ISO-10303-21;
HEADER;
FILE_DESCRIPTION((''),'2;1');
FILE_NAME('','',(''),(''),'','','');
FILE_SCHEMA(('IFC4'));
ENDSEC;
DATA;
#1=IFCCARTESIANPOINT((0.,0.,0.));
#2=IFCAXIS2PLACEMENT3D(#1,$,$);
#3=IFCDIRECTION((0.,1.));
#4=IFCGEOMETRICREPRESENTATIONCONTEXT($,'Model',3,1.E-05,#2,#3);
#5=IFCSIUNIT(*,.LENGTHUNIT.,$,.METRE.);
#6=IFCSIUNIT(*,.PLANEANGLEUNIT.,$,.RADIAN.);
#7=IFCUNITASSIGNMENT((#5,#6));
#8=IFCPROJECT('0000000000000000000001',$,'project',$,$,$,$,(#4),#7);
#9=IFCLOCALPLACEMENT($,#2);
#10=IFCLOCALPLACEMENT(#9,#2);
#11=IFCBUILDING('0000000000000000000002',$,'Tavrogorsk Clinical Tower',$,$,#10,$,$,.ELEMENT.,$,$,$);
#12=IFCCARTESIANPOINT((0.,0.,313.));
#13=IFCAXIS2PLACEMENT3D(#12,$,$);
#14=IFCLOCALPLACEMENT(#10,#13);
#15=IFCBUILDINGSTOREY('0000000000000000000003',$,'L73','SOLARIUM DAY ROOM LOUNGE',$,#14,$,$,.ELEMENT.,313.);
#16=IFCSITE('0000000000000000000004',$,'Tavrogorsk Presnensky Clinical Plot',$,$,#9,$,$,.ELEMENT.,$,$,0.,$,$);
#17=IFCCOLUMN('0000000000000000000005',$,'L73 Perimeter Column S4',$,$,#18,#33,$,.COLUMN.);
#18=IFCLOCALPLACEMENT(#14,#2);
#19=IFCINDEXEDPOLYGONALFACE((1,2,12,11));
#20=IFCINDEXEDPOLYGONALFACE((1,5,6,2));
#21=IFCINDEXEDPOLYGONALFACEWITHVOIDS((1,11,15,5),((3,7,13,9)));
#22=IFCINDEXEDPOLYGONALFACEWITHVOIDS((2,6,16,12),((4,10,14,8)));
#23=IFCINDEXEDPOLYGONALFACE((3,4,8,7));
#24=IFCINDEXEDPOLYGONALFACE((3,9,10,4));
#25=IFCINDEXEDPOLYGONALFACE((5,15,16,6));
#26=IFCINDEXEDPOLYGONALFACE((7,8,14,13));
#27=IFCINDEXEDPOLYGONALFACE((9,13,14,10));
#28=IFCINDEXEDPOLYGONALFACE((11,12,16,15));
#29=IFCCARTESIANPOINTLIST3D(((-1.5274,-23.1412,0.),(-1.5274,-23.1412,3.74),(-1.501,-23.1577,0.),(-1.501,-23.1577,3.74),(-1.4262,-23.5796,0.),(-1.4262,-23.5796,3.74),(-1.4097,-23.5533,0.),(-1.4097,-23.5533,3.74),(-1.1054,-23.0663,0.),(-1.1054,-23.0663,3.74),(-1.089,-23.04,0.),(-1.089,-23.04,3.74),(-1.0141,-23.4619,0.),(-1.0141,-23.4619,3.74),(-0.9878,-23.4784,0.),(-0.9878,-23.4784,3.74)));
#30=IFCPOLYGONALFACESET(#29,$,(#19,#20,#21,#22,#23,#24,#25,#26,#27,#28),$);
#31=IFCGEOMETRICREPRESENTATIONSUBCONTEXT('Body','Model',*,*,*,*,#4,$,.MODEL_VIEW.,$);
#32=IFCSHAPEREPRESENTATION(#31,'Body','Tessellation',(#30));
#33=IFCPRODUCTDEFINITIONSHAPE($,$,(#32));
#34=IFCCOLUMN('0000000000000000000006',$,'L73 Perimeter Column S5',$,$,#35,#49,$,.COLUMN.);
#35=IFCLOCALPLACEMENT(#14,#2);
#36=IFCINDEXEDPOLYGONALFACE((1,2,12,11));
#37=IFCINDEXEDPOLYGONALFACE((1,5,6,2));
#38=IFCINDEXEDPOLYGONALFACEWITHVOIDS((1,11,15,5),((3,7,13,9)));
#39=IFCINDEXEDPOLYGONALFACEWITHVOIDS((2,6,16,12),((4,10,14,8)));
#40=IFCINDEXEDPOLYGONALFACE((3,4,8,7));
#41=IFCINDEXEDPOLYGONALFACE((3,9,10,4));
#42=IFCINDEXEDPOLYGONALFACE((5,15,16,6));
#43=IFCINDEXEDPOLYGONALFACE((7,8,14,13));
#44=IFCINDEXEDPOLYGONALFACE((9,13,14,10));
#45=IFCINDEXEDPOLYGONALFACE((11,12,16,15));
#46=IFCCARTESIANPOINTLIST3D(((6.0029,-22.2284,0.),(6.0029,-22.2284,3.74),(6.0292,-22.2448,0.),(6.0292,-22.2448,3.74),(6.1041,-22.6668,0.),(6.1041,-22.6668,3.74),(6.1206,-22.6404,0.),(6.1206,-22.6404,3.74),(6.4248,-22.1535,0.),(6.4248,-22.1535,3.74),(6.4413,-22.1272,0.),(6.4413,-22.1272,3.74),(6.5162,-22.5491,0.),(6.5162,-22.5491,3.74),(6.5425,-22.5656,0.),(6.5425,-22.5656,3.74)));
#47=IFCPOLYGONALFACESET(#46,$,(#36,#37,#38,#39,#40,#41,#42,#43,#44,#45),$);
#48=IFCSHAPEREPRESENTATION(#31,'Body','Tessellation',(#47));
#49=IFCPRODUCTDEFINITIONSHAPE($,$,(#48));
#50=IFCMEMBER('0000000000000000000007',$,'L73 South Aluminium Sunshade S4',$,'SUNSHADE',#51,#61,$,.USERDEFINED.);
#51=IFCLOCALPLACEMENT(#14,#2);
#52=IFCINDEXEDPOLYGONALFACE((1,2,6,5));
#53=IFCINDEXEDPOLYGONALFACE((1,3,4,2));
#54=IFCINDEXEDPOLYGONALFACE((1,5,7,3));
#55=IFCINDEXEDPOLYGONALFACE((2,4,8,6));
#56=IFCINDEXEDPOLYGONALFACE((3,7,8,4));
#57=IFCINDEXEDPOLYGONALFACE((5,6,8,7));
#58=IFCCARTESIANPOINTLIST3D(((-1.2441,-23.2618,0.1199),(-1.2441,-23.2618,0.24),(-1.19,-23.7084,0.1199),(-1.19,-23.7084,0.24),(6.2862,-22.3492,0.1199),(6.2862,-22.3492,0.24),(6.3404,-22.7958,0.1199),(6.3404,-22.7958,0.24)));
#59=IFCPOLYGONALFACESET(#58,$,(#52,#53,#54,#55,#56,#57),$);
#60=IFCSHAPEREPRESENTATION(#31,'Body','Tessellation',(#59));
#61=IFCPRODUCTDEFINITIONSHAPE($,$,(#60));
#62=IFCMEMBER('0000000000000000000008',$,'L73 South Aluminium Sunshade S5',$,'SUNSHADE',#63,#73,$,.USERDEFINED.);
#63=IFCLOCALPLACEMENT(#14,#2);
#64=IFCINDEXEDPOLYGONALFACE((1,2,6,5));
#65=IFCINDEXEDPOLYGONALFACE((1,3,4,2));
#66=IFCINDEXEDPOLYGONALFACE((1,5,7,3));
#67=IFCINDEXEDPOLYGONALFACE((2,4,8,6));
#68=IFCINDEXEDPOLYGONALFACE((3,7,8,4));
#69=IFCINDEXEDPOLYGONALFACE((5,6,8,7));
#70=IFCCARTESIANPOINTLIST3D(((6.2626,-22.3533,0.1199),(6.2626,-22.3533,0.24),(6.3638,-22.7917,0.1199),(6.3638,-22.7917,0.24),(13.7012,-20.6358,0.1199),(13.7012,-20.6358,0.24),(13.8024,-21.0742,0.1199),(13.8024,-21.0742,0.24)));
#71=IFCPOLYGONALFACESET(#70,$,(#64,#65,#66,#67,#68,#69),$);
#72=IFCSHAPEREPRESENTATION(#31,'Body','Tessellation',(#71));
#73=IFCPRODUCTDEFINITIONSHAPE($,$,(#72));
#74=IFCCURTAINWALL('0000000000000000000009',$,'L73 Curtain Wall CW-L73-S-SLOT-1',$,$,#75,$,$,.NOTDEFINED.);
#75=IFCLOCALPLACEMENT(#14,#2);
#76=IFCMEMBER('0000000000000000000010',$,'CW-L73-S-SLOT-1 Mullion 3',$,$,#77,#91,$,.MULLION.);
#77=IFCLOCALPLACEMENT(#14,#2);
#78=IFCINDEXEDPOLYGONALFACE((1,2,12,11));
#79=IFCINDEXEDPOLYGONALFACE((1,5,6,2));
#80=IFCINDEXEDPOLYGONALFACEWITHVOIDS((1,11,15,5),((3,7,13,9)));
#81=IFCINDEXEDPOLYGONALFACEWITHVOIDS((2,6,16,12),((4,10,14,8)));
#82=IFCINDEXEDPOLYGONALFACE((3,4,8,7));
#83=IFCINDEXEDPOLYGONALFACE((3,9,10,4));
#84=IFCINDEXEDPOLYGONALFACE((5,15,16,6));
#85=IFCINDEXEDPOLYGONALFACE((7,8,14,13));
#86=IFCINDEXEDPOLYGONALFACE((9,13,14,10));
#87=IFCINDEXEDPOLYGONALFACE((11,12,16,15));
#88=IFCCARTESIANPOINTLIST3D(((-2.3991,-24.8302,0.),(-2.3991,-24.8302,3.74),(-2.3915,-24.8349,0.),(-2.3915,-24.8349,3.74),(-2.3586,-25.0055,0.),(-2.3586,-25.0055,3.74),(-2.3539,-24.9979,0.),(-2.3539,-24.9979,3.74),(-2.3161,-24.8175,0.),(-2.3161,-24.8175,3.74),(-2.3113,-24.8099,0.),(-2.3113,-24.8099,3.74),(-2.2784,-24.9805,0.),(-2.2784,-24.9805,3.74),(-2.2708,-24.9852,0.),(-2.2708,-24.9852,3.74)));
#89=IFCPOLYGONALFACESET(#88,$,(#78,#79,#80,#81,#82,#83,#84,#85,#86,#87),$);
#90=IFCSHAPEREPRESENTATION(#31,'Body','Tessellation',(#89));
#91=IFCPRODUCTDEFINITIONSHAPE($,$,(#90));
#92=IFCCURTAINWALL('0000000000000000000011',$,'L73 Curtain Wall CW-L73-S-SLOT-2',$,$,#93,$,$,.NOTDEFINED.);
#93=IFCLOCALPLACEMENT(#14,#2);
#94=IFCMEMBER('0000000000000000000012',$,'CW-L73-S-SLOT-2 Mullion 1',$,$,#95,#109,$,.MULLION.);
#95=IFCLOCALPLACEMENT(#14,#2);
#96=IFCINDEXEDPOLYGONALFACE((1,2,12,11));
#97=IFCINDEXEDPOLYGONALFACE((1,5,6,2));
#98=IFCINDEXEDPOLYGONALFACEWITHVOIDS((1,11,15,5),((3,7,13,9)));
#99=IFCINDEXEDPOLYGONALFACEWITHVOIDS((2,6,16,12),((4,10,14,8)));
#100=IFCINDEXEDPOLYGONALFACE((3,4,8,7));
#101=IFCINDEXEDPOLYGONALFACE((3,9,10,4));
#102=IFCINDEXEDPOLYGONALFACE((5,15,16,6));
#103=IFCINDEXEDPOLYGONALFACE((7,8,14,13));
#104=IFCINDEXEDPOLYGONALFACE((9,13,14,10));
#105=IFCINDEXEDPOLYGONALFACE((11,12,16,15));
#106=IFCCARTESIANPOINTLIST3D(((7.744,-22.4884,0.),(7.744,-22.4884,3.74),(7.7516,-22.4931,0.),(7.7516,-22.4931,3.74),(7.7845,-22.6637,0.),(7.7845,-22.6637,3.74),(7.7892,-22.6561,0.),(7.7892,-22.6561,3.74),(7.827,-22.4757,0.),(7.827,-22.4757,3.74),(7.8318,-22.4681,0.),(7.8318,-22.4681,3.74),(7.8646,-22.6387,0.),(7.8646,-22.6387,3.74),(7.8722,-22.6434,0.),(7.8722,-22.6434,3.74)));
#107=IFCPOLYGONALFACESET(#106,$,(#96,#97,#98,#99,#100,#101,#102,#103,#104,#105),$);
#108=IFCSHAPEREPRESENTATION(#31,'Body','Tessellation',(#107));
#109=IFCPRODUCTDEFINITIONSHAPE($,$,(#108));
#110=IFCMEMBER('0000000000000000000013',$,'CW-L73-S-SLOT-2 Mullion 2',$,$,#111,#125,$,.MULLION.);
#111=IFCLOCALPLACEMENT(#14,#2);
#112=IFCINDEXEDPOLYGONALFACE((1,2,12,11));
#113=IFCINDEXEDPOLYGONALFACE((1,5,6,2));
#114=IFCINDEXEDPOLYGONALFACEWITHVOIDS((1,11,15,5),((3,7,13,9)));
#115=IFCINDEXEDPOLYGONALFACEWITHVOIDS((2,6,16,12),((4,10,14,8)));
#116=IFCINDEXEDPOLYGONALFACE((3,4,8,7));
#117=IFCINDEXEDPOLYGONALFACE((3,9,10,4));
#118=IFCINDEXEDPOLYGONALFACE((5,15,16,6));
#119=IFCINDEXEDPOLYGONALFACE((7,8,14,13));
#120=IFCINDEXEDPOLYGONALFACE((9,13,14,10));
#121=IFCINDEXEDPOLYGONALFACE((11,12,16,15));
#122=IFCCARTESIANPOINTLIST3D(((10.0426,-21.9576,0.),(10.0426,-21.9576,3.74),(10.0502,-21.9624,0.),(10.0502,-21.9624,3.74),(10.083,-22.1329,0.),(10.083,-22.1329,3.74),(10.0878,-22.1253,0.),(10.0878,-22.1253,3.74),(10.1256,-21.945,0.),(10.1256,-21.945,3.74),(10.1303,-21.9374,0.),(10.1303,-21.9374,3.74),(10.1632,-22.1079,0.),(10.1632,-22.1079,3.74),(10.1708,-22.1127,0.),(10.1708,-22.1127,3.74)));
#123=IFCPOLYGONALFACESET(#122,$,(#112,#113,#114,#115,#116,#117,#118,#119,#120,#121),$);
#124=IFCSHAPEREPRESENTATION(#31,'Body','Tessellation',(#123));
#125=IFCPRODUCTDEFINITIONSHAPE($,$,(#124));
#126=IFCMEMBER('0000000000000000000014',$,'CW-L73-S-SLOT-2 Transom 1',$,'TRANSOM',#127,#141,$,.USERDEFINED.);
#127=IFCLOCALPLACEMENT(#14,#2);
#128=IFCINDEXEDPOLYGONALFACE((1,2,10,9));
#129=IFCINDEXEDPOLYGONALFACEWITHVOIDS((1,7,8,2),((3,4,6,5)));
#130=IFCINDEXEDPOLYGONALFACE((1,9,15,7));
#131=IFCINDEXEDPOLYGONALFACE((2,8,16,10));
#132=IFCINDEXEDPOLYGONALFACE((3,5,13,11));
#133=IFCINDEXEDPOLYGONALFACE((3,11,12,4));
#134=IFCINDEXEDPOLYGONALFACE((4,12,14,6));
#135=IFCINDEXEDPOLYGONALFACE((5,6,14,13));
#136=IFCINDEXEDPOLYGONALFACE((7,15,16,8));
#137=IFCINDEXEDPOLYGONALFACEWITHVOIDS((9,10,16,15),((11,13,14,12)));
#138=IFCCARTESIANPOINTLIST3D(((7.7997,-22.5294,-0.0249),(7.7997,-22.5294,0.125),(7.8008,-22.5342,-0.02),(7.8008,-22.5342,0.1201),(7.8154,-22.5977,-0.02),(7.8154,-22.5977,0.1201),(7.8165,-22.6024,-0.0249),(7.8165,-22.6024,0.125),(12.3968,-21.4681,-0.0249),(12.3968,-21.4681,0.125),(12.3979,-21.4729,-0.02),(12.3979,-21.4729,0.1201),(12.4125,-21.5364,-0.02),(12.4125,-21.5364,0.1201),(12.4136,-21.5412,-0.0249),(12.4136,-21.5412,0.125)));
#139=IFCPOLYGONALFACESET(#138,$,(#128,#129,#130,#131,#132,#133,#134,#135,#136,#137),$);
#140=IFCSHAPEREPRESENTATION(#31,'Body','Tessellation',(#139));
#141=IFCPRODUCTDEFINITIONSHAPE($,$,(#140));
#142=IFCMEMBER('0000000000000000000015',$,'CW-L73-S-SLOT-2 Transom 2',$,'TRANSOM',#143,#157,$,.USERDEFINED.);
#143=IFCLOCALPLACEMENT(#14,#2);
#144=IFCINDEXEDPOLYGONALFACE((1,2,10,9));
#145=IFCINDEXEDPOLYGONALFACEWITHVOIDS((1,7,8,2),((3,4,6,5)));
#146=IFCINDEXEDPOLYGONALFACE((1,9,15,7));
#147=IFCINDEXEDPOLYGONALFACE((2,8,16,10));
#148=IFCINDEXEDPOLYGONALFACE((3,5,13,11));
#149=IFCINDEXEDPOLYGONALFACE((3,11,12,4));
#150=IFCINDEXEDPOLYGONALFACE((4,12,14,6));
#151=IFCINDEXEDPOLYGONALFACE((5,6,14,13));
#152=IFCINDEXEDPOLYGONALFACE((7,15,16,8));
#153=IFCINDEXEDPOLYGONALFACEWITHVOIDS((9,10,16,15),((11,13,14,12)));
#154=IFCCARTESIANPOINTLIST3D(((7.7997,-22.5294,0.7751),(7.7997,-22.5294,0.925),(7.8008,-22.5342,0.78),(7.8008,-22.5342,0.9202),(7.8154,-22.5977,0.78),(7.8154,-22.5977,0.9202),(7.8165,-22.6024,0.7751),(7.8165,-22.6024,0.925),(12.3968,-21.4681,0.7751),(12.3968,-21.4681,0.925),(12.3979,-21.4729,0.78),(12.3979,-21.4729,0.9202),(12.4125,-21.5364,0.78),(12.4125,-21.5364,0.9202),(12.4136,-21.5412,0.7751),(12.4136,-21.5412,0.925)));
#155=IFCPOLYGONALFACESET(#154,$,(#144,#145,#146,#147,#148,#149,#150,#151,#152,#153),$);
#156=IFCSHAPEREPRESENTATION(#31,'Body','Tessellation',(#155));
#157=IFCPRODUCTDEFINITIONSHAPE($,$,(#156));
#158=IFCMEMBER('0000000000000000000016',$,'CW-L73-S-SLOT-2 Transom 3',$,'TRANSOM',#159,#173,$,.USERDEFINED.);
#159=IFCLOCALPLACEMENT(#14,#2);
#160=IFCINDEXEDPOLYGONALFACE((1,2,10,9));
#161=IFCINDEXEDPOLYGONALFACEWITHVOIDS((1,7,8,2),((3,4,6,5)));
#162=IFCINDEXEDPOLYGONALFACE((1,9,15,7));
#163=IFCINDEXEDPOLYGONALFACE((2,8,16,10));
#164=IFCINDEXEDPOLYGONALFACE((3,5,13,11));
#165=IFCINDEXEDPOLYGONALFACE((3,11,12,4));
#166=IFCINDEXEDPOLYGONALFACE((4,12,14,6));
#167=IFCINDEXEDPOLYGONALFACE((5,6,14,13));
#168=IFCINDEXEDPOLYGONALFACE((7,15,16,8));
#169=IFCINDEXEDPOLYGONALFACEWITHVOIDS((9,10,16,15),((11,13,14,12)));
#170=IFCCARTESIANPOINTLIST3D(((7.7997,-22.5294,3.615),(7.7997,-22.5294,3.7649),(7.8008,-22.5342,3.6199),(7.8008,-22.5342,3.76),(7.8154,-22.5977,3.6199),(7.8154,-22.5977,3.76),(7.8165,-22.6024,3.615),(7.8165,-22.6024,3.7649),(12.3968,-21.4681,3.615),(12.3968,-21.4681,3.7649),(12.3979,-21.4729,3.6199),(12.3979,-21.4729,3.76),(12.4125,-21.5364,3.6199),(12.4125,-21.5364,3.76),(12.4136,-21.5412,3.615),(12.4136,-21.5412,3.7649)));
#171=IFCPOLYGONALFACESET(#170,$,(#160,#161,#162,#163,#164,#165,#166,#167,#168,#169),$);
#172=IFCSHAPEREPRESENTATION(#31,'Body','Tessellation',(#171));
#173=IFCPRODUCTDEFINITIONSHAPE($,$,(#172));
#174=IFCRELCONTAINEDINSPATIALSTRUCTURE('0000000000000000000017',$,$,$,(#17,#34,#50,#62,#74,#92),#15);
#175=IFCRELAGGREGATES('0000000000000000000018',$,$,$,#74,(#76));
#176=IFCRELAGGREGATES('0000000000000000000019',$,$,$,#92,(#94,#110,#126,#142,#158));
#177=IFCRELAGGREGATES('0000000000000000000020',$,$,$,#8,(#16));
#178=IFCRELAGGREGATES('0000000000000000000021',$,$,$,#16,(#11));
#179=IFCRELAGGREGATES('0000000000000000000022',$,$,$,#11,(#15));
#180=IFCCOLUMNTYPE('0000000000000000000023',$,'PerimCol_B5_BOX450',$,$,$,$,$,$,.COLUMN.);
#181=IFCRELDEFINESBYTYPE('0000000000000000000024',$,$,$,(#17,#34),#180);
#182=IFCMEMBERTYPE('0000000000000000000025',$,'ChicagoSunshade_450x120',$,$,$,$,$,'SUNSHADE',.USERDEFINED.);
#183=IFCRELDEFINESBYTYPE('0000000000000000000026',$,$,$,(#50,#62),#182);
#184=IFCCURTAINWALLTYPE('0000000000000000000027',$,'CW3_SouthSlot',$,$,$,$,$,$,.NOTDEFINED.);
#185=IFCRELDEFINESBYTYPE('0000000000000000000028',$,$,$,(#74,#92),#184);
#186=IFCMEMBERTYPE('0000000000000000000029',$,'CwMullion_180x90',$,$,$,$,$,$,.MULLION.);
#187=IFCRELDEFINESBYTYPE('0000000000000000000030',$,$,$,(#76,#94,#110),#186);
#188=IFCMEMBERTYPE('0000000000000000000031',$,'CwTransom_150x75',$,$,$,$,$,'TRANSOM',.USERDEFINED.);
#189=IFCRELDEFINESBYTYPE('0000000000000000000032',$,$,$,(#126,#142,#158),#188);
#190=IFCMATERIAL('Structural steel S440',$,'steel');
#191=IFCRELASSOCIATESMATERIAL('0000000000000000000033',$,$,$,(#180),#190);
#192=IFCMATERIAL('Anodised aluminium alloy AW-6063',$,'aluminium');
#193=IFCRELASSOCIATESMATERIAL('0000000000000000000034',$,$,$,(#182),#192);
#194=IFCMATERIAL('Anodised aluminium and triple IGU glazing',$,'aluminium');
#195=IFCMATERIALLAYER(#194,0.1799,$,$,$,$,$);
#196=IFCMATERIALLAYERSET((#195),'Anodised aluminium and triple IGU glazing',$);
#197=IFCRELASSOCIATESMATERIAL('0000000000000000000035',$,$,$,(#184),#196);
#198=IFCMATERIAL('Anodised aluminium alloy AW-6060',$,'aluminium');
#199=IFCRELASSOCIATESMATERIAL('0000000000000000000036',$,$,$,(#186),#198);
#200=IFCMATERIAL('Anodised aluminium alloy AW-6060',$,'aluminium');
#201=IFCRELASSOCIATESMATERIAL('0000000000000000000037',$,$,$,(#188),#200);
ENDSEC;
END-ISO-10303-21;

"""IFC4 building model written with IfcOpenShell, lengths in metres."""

from ifc_helpers import new_model, si_unit, direction, frame, origin, origin_2d, place, context, subcontext, project, spatial, rectangle, hollow_rectangle, extrude, material, layer, layer_set, material_profile, profile_set, type_object, element, aggregate, save


model = new_model("IFC4")

# Units and contexts
model_context = context("Model", 3, precision=1e-05, world=origin(), true_north=direction((0.0, 1.0)))
body_context = subcontext(model_context, "Body", "Model", "MODEL_VIEW")
ifc_project = project(units=[si_unit("LENGTHUNIT", "METRE"), si_unit("PLANEANGLEUNIT", "RADIAN")], contexts=[model_context])

# Site, building, storey
site_placement = place(None, origin())
site = spatial("IfcSite", under=ifc_project, at=site_placement, Name="Tavrogorsk Presnensky Clinical Plot", CompositionType="ELEMENT", RefElevation=0.0)
building_placement = place(site_placement, origin())
building = spatial("IfcBuilding", under=site, at=building_placement, Name="Tavrogorsk Clinical Tower", CompositionType="ELEMENT")
storey_placement = place(building_placement, frame((0.0, 0.0, 313.0)))
storey = spatial("IfcBuildingStorey", under=building, at=storey_placement, Name="L73", Description="SOLARIUM DAY ROOM LOUNGE", CompositionType="ELEMENT", Elevation=313.0)

# Columns
ifc_material_1 = material(Name="Structural steel S440", Category="steel")
ifc_material_profile_1 = material_profile(ifc_material_1, hollow_rectangle(XDim=0.45, YDim=0.45, WallThickness=0.022, at=origin_2d()), Name="BOX-450x450x22")
ifc_profile_set_1 = profile_set([ifc_material_profile_1], Name="Structural steel S440")
column_type = type_object("IfcColumnType", Name="PerimCol_B5_BOX450", PredefinedType="COLUMN", material=ifc_profile_set_1)
for number, where, z_axis, x_axis, name in (
    (1, (-1.2576, -23.3098, 0.0), (0.0, 0.0, 1.0), (0.97437, 0.224951, 0.0), "L73 Perimeter Column S4"),
    (2, (6.2727, -22.397, 0.0), (0.0, 0.0, 1.0), (0.97437, 0.224951, 0.0), "L73 Perimeter Column S5"),
):
    element("IfcColumn", number, at=place(storey_placement, frame(where, z_axis=z_axis, x_axis=x_axis)), inside=storey, type_object=column_type, Name=name, PredefinedType="COLUMN", context=body_context, shape_type="SweptSolid", body=[
        extrude(hollow_rectangle(XDim=0.45, YDim=0.45, WallThickness=0.022, at=origin_2d()), origin(), (0.0, 0.0, 1.0), 3.74),
    ])

# Members
ifc_material_2 = material(Name="Anodised aluminium alloy AW-6063", Category="aluminium")
ifc_material_profile_2 = material_profile(ifc_material_2, rectangle(XDim=0.45, YDim=0.1201, at=origin_2d()), Name="ALU-SUNSHADE-450x120")
ifc_profile_set_2 = profile_set([ifc_material_profile_2], Name="Anodised aluminium alloy AW-6063")
member_type_1 = type_object("IfcMemberType", Name="ChicagoSunshade_450x120", ElementType="SUNSHADE", PredefinedType="USERDEFINED", material=ifc_profile_set_2)
member_1_placement = place(storey_placement, frame((-1.217, -23.4851, 0.1799), z_axis=(0.992736, 0.12031, 0.0), x_axis=(-0.12031, 0.992736, 0.0)))
element("IfcMember", 3, at=member_1_placement, inside=storey, type_object=member_type_1, Name="L73 South Aluminium Sunshade S4", ObjectType="SUNSHADE", PredefinedType="USERDEFINED", context=body_context, shape_type="SweptSolid", body=[
    extrude(rectangle(XDim=0.45, YDim=0.1201, at=origin_2d()), origin(), (0.0, 0.0, 1.0), 7.5854),
])
member_2_placement = place(storey_placement, frame((6.3132, -22.5725, 0.1799), z_axis=(0.974364, 0.224979, 0.0), x_axis=(-0.224979, 0.974364, 0.0)))
element("IfcMember", 4, at=member_2_placement, inside=storey, type_object=member_type_1, Name="L73 South Aluminium Sunshade S5", ObjectType="SUNSHADE", PredefinedType="USERDEFINED", context=body_context, shape_type="SweptSolid", body=[
    extrude(rectangle(XDim=0.45, YDim=0.1201, at=origin_2d()), origin(), (0.0, 0.0, 1.0), 7.6343),
])

# Curtain wall, member
ifc_material_3 = material(Name="Anodised aluminium and triple IGU glazing", Category="aluminium")
ifc_layer_1 = layer(ifc_material_3, 0.1799)
ifc_layer_set_1 = layer_set([ifc_layer_1], Name="Anodised aluminium and triple IGU glazing")
curtain_wall_type = type_object("IfcCurtainWallType", Name="CW3_SouthSlot", PredefinedType="NOTDEFINED", material=ifc_layer_set_1)
curtain_wall_1_placement = place(storey_placement, origin())
curtain_wall_1 = element("IfcCurtainWall", 5, at=curtain_wall_1_placement, inside=storey, type_object=curtain_wall_type, Name="L73 Curtain Wall CW-L73-S-SLOT-1", PredefinedType="NOTDEFINED")
ifc_material_4 = material(Name="Anodised aluminium alloy AW-6060", Category="aluminium")
ifc_material_profile_3 = material_profile(ifc_material_4, hollow_rectangle(XDim=0.0901, YDim=0.1799, WallThickness=0.0063, at=origin_2d()), Name="RHS-180x90x6.3")
ifc_profile_set_3 = profile_set([ifc_material_profile_3], Name="Anodised aluminium alloy AW-6060")
member_type_2 = type_object("IfcMemberType", Name="CwMullion_180x90", PredefinedType="MULLION", material=ifc_profile_set_3)
member_3_placement = place(storey_placement, frame((-2.335, -24.9077, 0.0), z_axis=(0.0, 0.0, 1.0), x_axis=(0.97437, 0.224951, 0.0)))
member_3 = element("IfcMember", 6, at=member_3_placement, type_object=member_type_2, Name="CW-L73-S-SLOT-1 Mullion 3", PredefinedType="MULLION", context=body_context, shape_type="SweptSolid", body=[
    extrude(hollow_rectangle(XDim=0.0901, YDim=0.1799, WallThickness=0.0063, at=origin_2d()), origin(), (0.0, 0.0, 1.0), 3.74),
])

# Curtain wall, members
curtain_wall_2_placement = place(storey_placement, origin())
curtain_wall_2 = element("IfcCurtainWall", 7, at=curtain_wall_2_placement, inside=storey, type_object=curtain_wall_type, Name="L73 Curtain Wall CW-L73-S-SLOT-2", PredefinedType="NOTDEFINED")
member_4_placement = place(storey_placement, frame((7.8081, -22.5659, 0.0), z_axis=(0.0, 0.0, 1.0), x_axis=(0.97437, 0.224951, 0.0)))
member_4 = element("IfcMember", 8, at=member_4_placement, type_object=member_type_2, Name="CW-L73-S-SLOT-2 Mullion 1", PredefinedType="MULLION", context=body_context, shape_type="SweptSolid", body=[
    extrude(hollow_rectangle(XDim=0.0901, YDim=0.1799, WallThickness=0.0063, at=origin_2d()), origin(), (0.0, 0.0, 1.0), 3.74),
])
member_5_placement = place(storey_placement, frame((10.1067, -22.0352, 0.0), z_axis=(0.0, 0.0, 1.0), x_axis=(0.97437, 0.224951, 0.0)))
member_5 = element("IfcMember", 9, at=member_5_placement, type_object=member_type_2, Name="CW-L73-S-SLOT-2 Mullion 2", PredefinedType="MULLION", context=body_context, shape_type="SweptSolid", body=[
    extrude(hollow_rectangle(XDim=0.0901, YDim=0.1799, WallThickness=0.0063, at=origin_2d()), origin(), (0.0, 0.0, 1.0), 3.74),
])
ifc_material_5 = material(Name="Anodised aluminium alloy AW-6060", Category="aluminium")
ifc_material_profile_4 = material_profile(ifc_material_5, hollow_rectangle(XDim=0.075, YDim=0.1499, WallThickness=0.0049, at=origin_2d()), Name="RHS-150x75x5")
ifc_profile_set_4 = profile_set([ifc_material_profile_4], Name="Anodised aluminium alloy AW-6060")
member_type_3 = type_object("IfcMemberType", Name="CwTransom_150x75", ElementType="TRANSOM", PredefinedType="USERDEFINED", material=ifc_profile_set_4)
member_6_placement = place(storey_placement, frame((7.8081, -22.5659, 0.05), z_axis=(0.974373, 0.224939, 0.0), x_axis=(-0.224939, 0.974373, 0.0)))
member_6 = element("IfcMember", 10, at=member_6_placement, type_object=member_type_3, Name="CW-L73-S-SLOT-2 Transom 1", ObjectType="TRANSOM", PredefinedType="USERDEFINED", context=body_context, shape_type="SweptSolid", body=[
    extrude(hollow_rectangle(XDim=0.075, YDim=0.1499, WallThickness=0.0049, at=origin_2d()), origin(), (0.0, 0.0, 1.0), 4.718),
])
member_7_placement = place(storey_placement, frame((7.8081, -22.5659, 0.8501), z_axis=(0.974373, 0.224939, 0.0), x_axis=(-0.224939, 0.974373, 0.0)))
member_7 = element("IfcMember", 11, at=member_7_placement, type_object=member_type_3, Name="CW-L73-S-SLOT-2 Transom 2", ObjectType="TRANSOM", PredefinedType="USERDEFINED", context=body_context, shape_type="SweptSolid", body=[
    extrude(hollow_rectangle(XDim=0.075, YDim=0.1499, WallThickness=0.0049, at=origin_2d()), origin(), (0.0, 0.0, 1.0), 4.718),
])
member_8_placement = place(storey_placement, frame((7.8081, -22.5659, 3.6899), z_axis=(0.974373, 0.224939, 0.0), x_axis=(-0.224939, 0.974373, 0.0)))
member_8 = element("IfcMember", 12, at=member_8_placement, type_object=member_type_3, Name="CW-L73-S-SLOT-2 Transom 3", ObjectType="TRANSOM", PredefinedType="USERDEFINED", context=body_context, shape_type="SweptSolid", body=[
    extrude(hollow_rectangle(XDim=0.075, YDim=0.1499, WallThickness=0.0049, at=origin_2d()), origin(), (0.0, 0.0, 1.0), 4.718),
])

aggregate(curtain_wall_1, [member_3])
aggregate(curtain_wall_2, [member_4, member_5, member_6, member_7, member_8])

save(model, "model.ifc")
